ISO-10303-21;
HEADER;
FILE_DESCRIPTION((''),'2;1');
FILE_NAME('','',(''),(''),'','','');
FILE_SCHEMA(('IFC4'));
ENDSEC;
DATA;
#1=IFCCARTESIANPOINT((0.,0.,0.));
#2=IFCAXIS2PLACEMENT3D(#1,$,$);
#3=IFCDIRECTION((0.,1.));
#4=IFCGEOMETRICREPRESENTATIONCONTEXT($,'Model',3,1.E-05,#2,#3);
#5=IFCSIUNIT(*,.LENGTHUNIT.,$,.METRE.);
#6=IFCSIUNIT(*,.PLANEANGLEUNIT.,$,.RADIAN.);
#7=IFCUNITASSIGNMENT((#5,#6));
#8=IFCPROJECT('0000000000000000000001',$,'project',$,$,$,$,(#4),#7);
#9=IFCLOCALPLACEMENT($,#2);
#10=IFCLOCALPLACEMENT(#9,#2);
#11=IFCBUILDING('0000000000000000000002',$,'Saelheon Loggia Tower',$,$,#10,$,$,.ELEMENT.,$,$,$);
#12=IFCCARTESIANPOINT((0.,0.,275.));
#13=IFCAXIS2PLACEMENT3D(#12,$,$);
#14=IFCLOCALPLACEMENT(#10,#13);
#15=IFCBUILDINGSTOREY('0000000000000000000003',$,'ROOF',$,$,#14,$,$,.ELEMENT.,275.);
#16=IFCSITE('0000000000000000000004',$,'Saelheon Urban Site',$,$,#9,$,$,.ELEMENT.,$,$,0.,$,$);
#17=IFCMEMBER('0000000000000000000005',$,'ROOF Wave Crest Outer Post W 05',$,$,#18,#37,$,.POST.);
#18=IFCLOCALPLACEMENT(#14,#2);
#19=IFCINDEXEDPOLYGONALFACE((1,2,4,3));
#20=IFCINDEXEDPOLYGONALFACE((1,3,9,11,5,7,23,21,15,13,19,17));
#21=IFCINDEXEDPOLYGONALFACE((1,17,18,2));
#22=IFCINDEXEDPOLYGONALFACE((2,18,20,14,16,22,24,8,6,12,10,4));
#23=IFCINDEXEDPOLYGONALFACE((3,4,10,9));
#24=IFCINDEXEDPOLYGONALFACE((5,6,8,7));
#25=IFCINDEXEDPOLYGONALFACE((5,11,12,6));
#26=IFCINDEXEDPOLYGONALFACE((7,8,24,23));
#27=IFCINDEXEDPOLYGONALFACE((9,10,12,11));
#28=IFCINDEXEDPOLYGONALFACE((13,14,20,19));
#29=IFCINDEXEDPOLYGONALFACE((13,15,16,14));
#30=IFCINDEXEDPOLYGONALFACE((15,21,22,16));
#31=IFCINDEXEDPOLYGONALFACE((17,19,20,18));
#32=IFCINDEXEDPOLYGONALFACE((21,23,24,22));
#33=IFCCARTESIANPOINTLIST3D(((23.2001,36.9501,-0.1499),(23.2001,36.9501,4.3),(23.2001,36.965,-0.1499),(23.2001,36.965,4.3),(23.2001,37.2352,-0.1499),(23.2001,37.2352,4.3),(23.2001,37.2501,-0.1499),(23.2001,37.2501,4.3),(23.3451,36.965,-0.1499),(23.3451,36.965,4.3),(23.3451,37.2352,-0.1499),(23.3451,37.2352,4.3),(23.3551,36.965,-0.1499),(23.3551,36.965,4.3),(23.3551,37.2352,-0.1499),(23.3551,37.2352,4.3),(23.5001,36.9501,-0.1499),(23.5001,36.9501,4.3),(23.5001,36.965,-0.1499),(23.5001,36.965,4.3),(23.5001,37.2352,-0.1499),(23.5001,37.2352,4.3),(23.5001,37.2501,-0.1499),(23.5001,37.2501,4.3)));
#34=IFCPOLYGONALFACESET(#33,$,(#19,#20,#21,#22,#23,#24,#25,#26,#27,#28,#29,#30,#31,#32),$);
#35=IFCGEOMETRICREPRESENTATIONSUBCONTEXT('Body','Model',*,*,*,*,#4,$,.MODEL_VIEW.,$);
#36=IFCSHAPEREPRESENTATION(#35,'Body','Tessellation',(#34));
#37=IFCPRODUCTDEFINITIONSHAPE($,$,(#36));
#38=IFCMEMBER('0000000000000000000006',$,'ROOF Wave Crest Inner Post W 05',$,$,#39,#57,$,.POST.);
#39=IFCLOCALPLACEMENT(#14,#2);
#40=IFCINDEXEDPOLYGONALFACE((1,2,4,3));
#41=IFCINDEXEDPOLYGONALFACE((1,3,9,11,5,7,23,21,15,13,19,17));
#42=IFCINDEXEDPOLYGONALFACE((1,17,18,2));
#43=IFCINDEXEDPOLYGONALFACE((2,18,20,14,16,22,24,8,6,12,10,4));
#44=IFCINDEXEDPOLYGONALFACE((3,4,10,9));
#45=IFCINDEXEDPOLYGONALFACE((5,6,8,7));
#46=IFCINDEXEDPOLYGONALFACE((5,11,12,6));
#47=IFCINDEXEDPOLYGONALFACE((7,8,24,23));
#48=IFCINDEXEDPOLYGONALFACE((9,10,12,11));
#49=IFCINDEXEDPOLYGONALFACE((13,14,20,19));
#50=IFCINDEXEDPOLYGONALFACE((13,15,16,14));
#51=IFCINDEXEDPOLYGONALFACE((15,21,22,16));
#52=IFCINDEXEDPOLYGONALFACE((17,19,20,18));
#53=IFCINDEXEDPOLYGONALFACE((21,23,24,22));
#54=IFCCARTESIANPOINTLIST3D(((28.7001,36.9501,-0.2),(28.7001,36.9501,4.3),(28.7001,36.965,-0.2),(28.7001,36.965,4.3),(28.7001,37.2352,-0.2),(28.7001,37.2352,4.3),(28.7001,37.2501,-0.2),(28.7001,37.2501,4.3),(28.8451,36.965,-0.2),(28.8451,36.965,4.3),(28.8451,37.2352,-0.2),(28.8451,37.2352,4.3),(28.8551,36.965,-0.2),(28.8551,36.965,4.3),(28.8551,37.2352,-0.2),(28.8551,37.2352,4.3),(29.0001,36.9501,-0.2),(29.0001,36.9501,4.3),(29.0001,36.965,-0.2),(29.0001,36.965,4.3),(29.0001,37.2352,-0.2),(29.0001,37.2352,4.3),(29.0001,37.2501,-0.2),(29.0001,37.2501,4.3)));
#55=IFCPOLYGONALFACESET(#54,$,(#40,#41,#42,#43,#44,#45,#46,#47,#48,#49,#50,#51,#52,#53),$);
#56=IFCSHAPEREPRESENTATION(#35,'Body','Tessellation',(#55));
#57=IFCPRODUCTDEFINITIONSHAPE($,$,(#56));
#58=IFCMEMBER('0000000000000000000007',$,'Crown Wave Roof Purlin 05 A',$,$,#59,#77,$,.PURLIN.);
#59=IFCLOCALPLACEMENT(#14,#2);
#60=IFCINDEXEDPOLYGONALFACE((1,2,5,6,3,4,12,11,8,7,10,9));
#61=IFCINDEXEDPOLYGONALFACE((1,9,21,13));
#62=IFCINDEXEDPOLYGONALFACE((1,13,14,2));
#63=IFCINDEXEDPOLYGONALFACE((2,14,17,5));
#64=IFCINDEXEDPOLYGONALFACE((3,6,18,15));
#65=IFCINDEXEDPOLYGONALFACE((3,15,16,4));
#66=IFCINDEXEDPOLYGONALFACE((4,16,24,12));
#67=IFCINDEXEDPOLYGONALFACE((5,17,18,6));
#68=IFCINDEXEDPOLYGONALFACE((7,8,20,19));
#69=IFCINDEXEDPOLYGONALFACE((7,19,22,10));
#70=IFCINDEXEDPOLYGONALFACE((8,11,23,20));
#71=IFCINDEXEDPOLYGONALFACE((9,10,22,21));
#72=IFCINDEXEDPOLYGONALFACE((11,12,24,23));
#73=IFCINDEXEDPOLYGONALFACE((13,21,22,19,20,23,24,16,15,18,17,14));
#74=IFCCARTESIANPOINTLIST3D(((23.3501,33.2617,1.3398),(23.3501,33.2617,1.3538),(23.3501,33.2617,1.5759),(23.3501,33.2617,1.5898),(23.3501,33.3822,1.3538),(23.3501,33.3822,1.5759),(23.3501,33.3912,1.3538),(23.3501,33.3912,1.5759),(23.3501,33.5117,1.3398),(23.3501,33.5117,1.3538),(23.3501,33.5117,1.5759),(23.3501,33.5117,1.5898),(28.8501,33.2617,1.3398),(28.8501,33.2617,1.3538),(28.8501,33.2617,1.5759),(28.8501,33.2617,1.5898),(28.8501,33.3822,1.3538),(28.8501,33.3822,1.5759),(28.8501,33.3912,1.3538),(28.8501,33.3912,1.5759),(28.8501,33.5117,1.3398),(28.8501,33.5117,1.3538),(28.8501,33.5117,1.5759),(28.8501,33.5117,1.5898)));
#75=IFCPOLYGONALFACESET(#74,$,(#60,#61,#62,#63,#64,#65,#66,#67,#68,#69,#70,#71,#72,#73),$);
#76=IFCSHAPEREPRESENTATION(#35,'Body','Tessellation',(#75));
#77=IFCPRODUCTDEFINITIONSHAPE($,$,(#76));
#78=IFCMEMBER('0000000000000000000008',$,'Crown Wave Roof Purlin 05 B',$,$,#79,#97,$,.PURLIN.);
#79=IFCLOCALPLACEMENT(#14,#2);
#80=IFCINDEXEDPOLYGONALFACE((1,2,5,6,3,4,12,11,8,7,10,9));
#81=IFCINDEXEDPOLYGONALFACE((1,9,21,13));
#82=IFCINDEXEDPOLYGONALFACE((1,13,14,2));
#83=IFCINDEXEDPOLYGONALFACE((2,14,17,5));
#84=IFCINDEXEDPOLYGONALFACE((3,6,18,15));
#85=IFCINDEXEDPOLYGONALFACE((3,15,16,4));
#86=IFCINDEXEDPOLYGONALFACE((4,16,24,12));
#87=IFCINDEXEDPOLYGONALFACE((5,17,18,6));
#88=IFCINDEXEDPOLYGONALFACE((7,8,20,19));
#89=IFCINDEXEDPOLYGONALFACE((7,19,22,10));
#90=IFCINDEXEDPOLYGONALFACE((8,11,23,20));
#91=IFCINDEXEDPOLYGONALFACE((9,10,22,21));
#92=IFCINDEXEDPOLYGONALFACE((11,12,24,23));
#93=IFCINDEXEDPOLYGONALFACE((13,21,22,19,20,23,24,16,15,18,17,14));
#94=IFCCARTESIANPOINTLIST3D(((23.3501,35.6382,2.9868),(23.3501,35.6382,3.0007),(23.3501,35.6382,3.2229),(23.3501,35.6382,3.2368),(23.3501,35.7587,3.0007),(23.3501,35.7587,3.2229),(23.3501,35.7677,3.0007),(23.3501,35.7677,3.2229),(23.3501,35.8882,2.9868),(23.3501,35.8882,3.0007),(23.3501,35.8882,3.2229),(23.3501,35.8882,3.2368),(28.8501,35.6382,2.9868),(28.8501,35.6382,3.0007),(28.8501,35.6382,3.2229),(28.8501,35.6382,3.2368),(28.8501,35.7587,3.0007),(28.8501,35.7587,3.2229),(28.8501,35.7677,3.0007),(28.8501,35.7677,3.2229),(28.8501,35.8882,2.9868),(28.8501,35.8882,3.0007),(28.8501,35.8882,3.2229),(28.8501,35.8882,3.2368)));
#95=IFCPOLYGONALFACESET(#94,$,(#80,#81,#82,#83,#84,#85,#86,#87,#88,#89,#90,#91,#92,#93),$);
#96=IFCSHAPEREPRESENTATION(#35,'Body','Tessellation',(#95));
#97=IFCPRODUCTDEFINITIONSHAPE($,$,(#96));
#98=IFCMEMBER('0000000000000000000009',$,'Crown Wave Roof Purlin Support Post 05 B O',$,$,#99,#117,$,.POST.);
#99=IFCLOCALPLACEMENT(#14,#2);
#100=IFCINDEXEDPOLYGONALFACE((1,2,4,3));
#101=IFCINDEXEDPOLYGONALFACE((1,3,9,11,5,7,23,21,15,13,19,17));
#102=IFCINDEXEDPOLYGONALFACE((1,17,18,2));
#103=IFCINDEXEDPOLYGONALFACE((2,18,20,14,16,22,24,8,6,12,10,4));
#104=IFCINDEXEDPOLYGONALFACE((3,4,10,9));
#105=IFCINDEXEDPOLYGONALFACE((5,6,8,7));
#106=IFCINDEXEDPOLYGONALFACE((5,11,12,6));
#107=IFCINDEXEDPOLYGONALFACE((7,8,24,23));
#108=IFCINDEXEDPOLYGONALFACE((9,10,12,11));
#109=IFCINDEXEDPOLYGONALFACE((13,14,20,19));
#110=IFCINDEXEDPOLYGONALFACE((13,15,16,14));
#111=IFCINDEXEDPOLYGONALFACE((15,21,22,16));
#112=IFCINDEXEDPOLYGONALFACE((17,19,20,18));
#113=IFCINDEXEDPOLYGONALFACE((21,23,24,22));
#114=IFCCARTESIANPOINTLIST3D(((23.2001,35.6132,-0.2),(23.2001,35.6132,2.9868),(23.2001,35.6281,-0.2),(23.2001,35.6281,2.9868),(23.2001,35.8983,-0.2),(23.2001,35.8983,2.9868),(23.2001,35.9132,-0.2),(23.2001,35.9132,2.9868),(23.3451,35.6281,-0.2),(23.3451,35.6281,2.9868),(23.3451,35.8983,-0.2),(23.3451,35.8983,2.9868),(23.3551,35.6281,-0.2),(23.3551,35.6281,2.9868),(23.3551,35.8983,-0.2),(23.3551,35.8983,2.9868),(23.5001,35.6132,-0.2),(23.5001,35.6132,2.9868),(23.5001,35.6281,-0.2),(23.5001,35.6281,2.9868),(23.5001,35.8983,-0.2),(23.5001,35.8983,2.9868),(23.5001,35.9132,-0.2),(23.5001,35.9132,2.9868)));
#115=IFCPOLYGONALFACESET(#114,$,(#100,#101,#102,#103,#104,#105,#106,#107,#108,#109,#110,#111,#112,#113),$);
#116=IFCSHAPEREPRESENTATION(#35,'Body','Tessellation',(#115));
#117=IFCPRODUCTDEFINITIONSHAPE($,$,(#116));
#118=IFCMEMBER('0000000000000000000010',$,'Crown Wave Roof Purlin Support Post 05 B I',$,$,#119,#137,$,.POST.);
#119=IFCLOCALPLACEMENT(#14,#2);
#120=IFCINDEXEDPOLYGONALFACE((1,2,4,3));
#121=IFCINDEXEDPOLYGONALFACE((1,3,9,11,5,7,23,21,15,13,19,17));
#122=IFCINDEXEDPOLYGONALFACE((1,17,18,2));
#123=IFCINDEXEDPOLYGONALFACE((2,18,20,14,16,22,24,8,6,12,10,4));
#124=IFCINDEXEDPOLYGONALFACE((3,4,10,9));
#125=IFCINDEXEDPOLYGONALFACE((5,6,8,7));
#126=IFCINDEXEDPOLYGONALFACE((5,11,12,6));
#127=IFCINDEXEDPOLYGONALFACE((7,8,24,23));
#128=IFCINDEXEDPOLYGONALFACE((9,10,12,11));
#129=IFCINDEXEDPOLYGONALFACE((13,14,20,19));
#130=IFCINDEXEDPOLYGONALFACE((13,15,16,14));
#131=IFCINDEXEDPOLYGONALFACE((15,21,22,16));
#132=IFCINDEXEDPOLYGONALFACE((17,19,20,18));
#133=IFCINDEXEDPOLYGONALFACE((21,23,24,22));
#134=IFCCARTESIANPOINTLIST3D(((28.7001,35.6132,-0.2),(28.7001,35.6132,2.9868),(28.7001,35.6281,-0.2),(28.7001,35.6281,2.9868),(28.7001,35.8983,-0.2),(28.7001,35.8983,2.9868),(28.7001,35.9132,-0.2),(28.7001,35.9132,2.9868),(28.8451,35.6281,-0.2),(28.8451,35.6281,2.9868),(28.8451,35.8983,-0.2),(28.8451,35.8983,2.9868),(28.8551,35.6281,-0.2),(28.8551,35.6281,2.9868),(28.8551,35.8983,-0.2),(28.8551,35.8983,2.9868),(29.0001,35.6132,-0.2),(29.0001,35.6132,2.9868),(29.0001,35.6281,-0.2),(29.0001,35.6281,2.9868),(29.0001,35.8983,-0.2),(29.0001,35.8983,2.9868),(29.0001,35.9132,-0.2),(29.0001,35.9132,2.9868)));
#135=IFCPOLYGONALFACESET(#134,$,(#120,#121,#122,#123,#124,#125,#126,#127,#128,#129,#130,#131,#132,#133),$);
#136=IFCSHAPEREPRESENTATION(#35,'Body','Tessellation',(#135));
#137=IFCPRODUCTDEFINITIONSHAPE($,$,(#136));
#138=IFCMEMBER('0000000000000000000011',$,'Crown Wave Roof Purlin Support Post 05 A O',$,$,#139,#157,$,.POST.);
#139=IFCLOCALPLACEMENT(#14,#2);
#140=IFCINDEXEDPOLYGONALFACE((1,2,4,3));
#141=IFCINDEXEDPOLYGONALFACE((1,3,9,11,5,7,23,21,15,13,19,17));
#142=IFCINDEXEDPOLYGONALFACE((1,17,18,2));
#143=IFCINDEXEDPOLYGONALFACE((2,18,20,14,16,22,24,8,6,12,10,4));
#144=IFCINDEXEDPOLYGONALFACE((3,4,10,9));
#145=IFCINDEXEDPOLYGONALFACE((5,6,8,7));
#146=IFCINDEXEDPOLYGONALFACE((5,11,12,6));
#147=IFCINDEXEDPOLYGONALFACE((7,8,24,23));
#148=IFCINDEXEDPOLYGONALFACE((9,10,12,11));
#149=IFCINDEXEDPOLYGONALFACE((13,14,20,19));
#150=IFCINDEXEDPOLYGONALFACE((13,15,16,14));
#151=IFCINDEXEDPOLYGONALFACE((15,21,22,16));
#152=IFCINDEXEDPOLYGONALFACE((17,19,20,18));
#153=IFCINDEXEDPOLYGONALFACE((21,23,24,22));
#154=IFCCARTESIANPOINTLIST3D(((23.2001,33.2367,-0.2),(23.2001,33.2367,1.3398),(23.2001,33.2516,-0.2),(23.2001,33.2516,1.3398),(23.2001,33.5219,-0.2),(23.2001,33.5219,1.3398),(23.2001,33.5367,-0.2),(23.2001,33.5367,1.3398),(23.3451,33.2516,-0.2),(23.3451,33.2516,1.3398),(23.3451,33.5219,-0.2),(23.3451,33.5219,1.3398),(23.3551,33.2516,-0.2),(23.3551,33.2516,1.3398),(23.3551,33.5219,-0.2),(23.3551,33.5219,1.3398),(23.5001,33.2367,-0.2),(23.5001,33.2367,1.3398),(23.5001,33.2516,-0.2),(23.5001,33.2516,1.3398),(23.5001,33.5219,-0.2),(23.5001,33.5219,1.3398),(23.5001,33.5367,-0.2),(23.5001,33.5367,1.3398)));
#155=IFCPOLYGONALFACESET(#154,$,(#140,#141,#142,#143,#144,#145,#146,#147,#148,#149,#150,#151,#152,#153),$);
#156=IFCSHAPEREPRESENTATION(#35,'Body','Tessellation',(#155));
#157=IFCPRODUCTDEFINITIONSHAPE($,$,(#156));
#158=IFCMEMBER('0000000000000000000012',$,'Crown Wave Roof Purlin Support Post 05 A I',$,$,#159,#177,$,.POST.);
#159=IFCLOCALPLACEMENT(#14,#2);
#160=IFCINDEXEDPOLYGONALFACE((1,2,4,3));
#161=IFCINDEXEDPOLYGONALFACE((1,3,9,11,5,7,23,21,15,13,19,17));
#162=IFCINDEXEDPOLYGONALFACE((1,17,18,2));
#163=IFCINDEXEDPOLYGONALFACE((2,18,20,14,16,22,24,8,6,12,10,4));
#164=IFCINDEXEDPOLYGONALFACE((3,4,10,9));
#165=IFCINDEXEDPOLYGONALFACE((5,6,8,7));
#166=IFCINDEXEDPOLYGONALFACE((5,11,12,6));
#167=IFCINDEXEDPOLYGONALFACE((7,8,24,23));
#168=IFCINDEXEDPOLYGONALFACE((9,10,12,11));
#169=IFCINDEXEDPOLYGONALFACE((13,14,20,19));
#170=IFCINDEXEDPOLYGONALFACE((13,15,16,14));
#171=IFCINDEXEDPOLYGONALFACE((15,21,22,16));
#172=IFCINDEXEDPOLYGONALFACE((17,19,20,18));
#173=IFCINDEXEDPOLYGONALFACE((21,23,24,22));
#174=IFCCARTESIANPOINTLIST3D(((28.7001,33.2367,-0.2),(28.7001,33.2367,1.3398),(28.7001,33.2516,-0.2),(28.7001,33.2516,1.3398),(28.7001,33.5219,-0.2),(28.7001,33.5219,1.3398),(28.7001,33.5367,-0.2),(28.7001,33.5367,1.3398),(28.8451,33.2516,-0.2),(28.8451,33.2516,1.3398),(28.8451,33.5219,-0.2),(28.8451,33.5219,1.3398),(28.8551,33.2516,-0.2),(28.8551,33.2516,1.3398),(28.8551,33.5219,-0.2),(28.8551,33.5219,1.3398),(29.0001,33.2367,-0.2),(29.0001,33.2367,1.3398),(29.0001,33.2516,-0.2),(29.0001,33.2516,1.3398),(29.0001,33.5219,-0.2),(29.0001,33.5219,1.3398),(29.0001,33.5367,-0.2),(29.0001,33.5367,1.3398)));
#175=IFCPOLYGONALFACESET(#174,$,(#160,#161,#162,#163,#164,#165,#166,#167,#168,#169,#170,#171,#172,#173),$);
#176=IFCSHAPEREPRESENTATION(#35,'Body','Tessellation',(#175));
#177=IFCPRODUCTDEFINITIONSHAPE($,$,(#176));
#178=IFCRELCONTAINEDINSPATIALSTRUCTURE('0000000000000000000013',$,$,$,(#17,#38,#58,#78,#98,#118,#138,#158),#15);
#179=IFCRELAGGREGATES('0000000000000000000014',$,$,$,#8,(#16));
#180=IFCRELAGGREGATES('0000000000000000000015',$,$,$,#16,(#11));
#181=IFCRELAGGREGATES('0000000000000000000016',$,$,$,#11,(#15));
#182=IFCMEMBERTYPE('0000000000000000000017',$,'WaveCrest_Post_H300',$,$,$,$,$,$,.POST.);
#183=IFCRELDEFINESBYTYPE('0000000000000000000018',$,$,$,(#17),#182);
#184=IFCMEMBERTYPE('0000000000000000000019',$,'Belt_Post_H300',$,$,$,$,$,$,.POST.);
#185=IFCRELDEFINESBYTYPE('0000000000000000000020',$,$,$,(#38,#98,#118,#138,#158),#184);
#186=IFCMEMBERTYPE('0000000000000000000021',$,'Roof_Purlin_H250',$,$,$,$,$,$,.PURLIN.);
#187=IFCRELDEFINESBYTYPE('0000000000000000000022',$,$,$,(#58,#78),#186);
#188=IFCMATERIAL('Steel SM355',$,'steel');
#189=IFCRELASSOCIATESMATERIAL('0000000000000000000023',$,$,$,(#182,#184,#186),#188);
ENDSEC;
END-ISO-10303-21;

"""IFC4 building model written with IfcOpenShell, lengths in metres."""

from ifc_helpers import new_model, si_unit, direction, frame, origin, origin_2d, place, context, subcontext, project, spatial, i_section, extrude, source, transform, mapped, material, material_profile, profile_set, type_object, element, save


model = new_model("IFC4")

# Units and contexts
model_context = context("Model", 3, precision=1e-05, world=origin(), true_north=direction((0.0, 1.0)))
body_context = subcontext(model_context, "Body", "Model", "MODEL_VIEW")
ifc_project = project(units=[si_unit("LENGTHUNIT", "METRE"), si_unit("PLANEANGLEUNIT", "RADIAN")], contexts=[model_context])

# Site, building, storey
site_placement = place(None, origin())
site = spatial("IfcSite", under=ifc_project, at=site_placement, Name="Saelheon Urban Site", CompositionType="ELEMENT", RefElevation=0.0)
building_placement = place(site_placement, origin())
building = spatial("IfcBuilding", under=site, at=building_placement, Name="Saelheon Loggia Tower", CompositionType="ELEMENT")
storey_placement = place(building_placement, frame((0.0, 0.0, 275.0)))
storey = spatial("IfcBuildingStorey", under=building, at=storey_placement, Name="ROOF", CompositionType="ELEMENT", Elevation=275.0)

# Members
ifc_material_1 = material(Name="Steel SM355", Category="steel")
ifc_material_profile_1 = material_profile(ifc_material_1, i_section(OverallWidth=0.3, OverallDepth=0.3, WebThickness=0.01, FlangeThickness=0.0149, at=origin_2d()), Name="H-300x300x10x15")
ifc_profile_set_1 = profile_set([ifc_material_profile_1], Name="Steel SM355")
member_type_1 = type_object("IfcMemberType", Name="WaveCrest_Post_H300", PredefinedType="POST", material=ifc_profile_set_1)
shared_shape_1 = source(origin(), body_context, "Body", "SweptSolid", [
    extrude(i_section(OverallWidth=0.3, OverallDepth=0.3, WebThickness=0.01, FlangeThickness=0.0149, at=origin_2d()), origin(), (0.0, 0.0, 1.0), 4.45),
])
member_1_placement = place(storey_placement, frame((23.3501, 37.1001, -0.1499), z_axis=(0.0, 0.0, 1.0), x_axis=(1.0, 0.0, 0.0)))
element("IfcMember", 1, at=member_1_placement, inside=storey, type_object=member_type_1, Name="ROOF Wave Crest Outer Post W 05", PredefinedType="POST", context=body_context, shape_type="MappedRepresentation", body=[
    mapped(shared_shape_1, transform((0.0, 0.0, 0.0), scale=1.0)),
])
ifc_material_profile_2 = material_profile(ifc_material_1, i_section(OverallWidth=0.3, OverallDepth=0.3, WebThickness=0.01, FlangeThickness=0.0149, at=origin_2d()), Name="H-300x300x10x15")
ifc_profile_set_2 = profile_set([ifc_material_profile_2], Name="Steel SM355")
member_type_2 = type_object("IfcMemberType", Name="Belt_Post_H300", PredefinedType="POST", material=ifc_profile_set_2)
shared_shape_2 = source(origin(), body_context, "Body", "SweptSolid", [
    extrude(i_section(OverallWidth=0.3, OverallDepth=0.3, WebThickness=0.01, FlangeThickness=0.0149, at=origin_2d()), origin(), (0.0, 0.0, 1.0), 4.5),
])
member_2_placement = place(storey_placement, frame((28.8501, 37.1001, -0.2), z_axis=(0.0, 0.0, 1.0), x_axis=(1.0, 0.0, 0.0)))
element("IfcMember", 2, at=member_2_placement, inside=storey, type_object=member_type_2, Name="ROOF Wave Crest Inner Post W 05", PredefinedType="POST", context=body_context, shape_type="MappedRepresentation", body=[
    mapped(shared_shape_2, transform((0.0, 0.0, 0.0), scale=1.0)),
])
ifc_material_profile_3 = material_profile(ifc_material_1, i_section(OverallWidth=0.25, OverallDepth=0.25, WebThickness=0.009, FlangeThickness=0.0139, at=origin_2d()), Name="H-250x250x9x14")
ifc_profile_set_3 = profile_set([ifc_material_profile_3], Name="Steel SM355")
member_type_3 = type_object("IfcMemberType", Name="Roof_Purlin_H250", PredefinedType="PURLIN", material=ifc_profile_set_3)
shared_shape_3 = source(origin(), body_context, "Body", "SweptSolid", [
    extrude(i_section(OverallWidth=0.25, OverallDepth=0.25, WebThickness=0.009, FlangeThickness=0.0139, at=origin_2d()), origin(), (0.0, 0.0, 1.0), 5.5),
])
for number, where, z_axis, x_axis, name in (
    (3, (23.3501, 33.3867, 1.4648), (1.0, 0.0, 0.0), (0.0, 1.0, 0.0), "Crown Wave Roof Purlin 05 A"),
    (4, (23.3501, 35.7632, 3.1118), (1.0, 0.0, 0.0), (0.0, 1.0, 0.0), "Crown Wave Roof Purlin 05 B"),
):
    element("IfcMember", number, at=place(storey_placement, frame(where, z_axis=z_axis, x_axis=x_axis)), inside=storey, type_object=member_type_3, Name=name, PredefinedType="PURLIN", context=body_context, shape_type="MappedRepresentation", body=[
        mapped(shared_shape_3, transform((0.0, 0.0, 0.0), scale=1.0)),
    ])
shared_shape_4 = source(origin(), body_context, "Body", "SweptSolid", [
    extrude(i_section(OverallWidth=0.3, OverallDepth=0.3, WebThickness=0.01, FlangeThickness=0.0149, at=origin_2d()), origin(), (0.0, 0.0, 1.0), 3.1868),
])
for number, where, z_axis, x_axis, name in (
    (5, (23.3501, 35.7632, -0.2), (0.0, 0.0, 1.0), (1.0, 0.0, 0.0), "Crown Wave Roof Purlin Support Post 05 B O"),
    (6, (28.8501, 35.7632, -0.2), (0.0, 0.0, 1.0), (1.0, 0.0, 0.0), "Crown Wave Roof Purlin Support Post 05 B I"),
):
    element("IfcMember", number, at=place(storey_placement, frame(where, z_axis=z_axis, x_axis=x_axis)), inside=storey, type_object=member_type_2, Name=name, PredefinedType="POST", context=body_context, shape_type="MappedRepresentation", body=[
        mapped(shared_shape_4, transform((0.0, 0.0, 0.0), scale=1.0)),
    ])
shared_shape_5 = source(origin(), body_context, "Body", "SweptSolid", [
    extrude(i_section(OverallWidth=0.3, OverallDepth=0.3, WebThickness=0.01, FlangeThickness=0.0149, at=origin_2d()), origin(), (0.0, 0.0, 1.0), 1.5398),
])
for number, where, z_axis, x_axis, name in (
    (7, (23.3501, 33.3867, -0.2), (0.0, 0.0, 1.0), (1.0, 0.0, 0.0), "Crown Wave Roof Purlin Support Post 05 A O"),
    (8, (28.8501, 33.3867, -0.2), (0.0, 0.0, 1.0), (1.0, 0.0, 0.0), "Crown Wave Roof Purlin Support Post 05 A I"),
):
    element("IfcMember", number, at=place(storey_placement, frame(where, z_axis=z_axis, x_axis=x_axis)), inside=storey, type_object=member_type_2, Name=name, PredefinedType="POST", context=body_context, shape_type="MappedRepresentation", body=[
        mapped(shared_shape_5, transform((0.0, 0.0, 0.0), scale=1.0)),
    ])

save(model, "model.ifc")
